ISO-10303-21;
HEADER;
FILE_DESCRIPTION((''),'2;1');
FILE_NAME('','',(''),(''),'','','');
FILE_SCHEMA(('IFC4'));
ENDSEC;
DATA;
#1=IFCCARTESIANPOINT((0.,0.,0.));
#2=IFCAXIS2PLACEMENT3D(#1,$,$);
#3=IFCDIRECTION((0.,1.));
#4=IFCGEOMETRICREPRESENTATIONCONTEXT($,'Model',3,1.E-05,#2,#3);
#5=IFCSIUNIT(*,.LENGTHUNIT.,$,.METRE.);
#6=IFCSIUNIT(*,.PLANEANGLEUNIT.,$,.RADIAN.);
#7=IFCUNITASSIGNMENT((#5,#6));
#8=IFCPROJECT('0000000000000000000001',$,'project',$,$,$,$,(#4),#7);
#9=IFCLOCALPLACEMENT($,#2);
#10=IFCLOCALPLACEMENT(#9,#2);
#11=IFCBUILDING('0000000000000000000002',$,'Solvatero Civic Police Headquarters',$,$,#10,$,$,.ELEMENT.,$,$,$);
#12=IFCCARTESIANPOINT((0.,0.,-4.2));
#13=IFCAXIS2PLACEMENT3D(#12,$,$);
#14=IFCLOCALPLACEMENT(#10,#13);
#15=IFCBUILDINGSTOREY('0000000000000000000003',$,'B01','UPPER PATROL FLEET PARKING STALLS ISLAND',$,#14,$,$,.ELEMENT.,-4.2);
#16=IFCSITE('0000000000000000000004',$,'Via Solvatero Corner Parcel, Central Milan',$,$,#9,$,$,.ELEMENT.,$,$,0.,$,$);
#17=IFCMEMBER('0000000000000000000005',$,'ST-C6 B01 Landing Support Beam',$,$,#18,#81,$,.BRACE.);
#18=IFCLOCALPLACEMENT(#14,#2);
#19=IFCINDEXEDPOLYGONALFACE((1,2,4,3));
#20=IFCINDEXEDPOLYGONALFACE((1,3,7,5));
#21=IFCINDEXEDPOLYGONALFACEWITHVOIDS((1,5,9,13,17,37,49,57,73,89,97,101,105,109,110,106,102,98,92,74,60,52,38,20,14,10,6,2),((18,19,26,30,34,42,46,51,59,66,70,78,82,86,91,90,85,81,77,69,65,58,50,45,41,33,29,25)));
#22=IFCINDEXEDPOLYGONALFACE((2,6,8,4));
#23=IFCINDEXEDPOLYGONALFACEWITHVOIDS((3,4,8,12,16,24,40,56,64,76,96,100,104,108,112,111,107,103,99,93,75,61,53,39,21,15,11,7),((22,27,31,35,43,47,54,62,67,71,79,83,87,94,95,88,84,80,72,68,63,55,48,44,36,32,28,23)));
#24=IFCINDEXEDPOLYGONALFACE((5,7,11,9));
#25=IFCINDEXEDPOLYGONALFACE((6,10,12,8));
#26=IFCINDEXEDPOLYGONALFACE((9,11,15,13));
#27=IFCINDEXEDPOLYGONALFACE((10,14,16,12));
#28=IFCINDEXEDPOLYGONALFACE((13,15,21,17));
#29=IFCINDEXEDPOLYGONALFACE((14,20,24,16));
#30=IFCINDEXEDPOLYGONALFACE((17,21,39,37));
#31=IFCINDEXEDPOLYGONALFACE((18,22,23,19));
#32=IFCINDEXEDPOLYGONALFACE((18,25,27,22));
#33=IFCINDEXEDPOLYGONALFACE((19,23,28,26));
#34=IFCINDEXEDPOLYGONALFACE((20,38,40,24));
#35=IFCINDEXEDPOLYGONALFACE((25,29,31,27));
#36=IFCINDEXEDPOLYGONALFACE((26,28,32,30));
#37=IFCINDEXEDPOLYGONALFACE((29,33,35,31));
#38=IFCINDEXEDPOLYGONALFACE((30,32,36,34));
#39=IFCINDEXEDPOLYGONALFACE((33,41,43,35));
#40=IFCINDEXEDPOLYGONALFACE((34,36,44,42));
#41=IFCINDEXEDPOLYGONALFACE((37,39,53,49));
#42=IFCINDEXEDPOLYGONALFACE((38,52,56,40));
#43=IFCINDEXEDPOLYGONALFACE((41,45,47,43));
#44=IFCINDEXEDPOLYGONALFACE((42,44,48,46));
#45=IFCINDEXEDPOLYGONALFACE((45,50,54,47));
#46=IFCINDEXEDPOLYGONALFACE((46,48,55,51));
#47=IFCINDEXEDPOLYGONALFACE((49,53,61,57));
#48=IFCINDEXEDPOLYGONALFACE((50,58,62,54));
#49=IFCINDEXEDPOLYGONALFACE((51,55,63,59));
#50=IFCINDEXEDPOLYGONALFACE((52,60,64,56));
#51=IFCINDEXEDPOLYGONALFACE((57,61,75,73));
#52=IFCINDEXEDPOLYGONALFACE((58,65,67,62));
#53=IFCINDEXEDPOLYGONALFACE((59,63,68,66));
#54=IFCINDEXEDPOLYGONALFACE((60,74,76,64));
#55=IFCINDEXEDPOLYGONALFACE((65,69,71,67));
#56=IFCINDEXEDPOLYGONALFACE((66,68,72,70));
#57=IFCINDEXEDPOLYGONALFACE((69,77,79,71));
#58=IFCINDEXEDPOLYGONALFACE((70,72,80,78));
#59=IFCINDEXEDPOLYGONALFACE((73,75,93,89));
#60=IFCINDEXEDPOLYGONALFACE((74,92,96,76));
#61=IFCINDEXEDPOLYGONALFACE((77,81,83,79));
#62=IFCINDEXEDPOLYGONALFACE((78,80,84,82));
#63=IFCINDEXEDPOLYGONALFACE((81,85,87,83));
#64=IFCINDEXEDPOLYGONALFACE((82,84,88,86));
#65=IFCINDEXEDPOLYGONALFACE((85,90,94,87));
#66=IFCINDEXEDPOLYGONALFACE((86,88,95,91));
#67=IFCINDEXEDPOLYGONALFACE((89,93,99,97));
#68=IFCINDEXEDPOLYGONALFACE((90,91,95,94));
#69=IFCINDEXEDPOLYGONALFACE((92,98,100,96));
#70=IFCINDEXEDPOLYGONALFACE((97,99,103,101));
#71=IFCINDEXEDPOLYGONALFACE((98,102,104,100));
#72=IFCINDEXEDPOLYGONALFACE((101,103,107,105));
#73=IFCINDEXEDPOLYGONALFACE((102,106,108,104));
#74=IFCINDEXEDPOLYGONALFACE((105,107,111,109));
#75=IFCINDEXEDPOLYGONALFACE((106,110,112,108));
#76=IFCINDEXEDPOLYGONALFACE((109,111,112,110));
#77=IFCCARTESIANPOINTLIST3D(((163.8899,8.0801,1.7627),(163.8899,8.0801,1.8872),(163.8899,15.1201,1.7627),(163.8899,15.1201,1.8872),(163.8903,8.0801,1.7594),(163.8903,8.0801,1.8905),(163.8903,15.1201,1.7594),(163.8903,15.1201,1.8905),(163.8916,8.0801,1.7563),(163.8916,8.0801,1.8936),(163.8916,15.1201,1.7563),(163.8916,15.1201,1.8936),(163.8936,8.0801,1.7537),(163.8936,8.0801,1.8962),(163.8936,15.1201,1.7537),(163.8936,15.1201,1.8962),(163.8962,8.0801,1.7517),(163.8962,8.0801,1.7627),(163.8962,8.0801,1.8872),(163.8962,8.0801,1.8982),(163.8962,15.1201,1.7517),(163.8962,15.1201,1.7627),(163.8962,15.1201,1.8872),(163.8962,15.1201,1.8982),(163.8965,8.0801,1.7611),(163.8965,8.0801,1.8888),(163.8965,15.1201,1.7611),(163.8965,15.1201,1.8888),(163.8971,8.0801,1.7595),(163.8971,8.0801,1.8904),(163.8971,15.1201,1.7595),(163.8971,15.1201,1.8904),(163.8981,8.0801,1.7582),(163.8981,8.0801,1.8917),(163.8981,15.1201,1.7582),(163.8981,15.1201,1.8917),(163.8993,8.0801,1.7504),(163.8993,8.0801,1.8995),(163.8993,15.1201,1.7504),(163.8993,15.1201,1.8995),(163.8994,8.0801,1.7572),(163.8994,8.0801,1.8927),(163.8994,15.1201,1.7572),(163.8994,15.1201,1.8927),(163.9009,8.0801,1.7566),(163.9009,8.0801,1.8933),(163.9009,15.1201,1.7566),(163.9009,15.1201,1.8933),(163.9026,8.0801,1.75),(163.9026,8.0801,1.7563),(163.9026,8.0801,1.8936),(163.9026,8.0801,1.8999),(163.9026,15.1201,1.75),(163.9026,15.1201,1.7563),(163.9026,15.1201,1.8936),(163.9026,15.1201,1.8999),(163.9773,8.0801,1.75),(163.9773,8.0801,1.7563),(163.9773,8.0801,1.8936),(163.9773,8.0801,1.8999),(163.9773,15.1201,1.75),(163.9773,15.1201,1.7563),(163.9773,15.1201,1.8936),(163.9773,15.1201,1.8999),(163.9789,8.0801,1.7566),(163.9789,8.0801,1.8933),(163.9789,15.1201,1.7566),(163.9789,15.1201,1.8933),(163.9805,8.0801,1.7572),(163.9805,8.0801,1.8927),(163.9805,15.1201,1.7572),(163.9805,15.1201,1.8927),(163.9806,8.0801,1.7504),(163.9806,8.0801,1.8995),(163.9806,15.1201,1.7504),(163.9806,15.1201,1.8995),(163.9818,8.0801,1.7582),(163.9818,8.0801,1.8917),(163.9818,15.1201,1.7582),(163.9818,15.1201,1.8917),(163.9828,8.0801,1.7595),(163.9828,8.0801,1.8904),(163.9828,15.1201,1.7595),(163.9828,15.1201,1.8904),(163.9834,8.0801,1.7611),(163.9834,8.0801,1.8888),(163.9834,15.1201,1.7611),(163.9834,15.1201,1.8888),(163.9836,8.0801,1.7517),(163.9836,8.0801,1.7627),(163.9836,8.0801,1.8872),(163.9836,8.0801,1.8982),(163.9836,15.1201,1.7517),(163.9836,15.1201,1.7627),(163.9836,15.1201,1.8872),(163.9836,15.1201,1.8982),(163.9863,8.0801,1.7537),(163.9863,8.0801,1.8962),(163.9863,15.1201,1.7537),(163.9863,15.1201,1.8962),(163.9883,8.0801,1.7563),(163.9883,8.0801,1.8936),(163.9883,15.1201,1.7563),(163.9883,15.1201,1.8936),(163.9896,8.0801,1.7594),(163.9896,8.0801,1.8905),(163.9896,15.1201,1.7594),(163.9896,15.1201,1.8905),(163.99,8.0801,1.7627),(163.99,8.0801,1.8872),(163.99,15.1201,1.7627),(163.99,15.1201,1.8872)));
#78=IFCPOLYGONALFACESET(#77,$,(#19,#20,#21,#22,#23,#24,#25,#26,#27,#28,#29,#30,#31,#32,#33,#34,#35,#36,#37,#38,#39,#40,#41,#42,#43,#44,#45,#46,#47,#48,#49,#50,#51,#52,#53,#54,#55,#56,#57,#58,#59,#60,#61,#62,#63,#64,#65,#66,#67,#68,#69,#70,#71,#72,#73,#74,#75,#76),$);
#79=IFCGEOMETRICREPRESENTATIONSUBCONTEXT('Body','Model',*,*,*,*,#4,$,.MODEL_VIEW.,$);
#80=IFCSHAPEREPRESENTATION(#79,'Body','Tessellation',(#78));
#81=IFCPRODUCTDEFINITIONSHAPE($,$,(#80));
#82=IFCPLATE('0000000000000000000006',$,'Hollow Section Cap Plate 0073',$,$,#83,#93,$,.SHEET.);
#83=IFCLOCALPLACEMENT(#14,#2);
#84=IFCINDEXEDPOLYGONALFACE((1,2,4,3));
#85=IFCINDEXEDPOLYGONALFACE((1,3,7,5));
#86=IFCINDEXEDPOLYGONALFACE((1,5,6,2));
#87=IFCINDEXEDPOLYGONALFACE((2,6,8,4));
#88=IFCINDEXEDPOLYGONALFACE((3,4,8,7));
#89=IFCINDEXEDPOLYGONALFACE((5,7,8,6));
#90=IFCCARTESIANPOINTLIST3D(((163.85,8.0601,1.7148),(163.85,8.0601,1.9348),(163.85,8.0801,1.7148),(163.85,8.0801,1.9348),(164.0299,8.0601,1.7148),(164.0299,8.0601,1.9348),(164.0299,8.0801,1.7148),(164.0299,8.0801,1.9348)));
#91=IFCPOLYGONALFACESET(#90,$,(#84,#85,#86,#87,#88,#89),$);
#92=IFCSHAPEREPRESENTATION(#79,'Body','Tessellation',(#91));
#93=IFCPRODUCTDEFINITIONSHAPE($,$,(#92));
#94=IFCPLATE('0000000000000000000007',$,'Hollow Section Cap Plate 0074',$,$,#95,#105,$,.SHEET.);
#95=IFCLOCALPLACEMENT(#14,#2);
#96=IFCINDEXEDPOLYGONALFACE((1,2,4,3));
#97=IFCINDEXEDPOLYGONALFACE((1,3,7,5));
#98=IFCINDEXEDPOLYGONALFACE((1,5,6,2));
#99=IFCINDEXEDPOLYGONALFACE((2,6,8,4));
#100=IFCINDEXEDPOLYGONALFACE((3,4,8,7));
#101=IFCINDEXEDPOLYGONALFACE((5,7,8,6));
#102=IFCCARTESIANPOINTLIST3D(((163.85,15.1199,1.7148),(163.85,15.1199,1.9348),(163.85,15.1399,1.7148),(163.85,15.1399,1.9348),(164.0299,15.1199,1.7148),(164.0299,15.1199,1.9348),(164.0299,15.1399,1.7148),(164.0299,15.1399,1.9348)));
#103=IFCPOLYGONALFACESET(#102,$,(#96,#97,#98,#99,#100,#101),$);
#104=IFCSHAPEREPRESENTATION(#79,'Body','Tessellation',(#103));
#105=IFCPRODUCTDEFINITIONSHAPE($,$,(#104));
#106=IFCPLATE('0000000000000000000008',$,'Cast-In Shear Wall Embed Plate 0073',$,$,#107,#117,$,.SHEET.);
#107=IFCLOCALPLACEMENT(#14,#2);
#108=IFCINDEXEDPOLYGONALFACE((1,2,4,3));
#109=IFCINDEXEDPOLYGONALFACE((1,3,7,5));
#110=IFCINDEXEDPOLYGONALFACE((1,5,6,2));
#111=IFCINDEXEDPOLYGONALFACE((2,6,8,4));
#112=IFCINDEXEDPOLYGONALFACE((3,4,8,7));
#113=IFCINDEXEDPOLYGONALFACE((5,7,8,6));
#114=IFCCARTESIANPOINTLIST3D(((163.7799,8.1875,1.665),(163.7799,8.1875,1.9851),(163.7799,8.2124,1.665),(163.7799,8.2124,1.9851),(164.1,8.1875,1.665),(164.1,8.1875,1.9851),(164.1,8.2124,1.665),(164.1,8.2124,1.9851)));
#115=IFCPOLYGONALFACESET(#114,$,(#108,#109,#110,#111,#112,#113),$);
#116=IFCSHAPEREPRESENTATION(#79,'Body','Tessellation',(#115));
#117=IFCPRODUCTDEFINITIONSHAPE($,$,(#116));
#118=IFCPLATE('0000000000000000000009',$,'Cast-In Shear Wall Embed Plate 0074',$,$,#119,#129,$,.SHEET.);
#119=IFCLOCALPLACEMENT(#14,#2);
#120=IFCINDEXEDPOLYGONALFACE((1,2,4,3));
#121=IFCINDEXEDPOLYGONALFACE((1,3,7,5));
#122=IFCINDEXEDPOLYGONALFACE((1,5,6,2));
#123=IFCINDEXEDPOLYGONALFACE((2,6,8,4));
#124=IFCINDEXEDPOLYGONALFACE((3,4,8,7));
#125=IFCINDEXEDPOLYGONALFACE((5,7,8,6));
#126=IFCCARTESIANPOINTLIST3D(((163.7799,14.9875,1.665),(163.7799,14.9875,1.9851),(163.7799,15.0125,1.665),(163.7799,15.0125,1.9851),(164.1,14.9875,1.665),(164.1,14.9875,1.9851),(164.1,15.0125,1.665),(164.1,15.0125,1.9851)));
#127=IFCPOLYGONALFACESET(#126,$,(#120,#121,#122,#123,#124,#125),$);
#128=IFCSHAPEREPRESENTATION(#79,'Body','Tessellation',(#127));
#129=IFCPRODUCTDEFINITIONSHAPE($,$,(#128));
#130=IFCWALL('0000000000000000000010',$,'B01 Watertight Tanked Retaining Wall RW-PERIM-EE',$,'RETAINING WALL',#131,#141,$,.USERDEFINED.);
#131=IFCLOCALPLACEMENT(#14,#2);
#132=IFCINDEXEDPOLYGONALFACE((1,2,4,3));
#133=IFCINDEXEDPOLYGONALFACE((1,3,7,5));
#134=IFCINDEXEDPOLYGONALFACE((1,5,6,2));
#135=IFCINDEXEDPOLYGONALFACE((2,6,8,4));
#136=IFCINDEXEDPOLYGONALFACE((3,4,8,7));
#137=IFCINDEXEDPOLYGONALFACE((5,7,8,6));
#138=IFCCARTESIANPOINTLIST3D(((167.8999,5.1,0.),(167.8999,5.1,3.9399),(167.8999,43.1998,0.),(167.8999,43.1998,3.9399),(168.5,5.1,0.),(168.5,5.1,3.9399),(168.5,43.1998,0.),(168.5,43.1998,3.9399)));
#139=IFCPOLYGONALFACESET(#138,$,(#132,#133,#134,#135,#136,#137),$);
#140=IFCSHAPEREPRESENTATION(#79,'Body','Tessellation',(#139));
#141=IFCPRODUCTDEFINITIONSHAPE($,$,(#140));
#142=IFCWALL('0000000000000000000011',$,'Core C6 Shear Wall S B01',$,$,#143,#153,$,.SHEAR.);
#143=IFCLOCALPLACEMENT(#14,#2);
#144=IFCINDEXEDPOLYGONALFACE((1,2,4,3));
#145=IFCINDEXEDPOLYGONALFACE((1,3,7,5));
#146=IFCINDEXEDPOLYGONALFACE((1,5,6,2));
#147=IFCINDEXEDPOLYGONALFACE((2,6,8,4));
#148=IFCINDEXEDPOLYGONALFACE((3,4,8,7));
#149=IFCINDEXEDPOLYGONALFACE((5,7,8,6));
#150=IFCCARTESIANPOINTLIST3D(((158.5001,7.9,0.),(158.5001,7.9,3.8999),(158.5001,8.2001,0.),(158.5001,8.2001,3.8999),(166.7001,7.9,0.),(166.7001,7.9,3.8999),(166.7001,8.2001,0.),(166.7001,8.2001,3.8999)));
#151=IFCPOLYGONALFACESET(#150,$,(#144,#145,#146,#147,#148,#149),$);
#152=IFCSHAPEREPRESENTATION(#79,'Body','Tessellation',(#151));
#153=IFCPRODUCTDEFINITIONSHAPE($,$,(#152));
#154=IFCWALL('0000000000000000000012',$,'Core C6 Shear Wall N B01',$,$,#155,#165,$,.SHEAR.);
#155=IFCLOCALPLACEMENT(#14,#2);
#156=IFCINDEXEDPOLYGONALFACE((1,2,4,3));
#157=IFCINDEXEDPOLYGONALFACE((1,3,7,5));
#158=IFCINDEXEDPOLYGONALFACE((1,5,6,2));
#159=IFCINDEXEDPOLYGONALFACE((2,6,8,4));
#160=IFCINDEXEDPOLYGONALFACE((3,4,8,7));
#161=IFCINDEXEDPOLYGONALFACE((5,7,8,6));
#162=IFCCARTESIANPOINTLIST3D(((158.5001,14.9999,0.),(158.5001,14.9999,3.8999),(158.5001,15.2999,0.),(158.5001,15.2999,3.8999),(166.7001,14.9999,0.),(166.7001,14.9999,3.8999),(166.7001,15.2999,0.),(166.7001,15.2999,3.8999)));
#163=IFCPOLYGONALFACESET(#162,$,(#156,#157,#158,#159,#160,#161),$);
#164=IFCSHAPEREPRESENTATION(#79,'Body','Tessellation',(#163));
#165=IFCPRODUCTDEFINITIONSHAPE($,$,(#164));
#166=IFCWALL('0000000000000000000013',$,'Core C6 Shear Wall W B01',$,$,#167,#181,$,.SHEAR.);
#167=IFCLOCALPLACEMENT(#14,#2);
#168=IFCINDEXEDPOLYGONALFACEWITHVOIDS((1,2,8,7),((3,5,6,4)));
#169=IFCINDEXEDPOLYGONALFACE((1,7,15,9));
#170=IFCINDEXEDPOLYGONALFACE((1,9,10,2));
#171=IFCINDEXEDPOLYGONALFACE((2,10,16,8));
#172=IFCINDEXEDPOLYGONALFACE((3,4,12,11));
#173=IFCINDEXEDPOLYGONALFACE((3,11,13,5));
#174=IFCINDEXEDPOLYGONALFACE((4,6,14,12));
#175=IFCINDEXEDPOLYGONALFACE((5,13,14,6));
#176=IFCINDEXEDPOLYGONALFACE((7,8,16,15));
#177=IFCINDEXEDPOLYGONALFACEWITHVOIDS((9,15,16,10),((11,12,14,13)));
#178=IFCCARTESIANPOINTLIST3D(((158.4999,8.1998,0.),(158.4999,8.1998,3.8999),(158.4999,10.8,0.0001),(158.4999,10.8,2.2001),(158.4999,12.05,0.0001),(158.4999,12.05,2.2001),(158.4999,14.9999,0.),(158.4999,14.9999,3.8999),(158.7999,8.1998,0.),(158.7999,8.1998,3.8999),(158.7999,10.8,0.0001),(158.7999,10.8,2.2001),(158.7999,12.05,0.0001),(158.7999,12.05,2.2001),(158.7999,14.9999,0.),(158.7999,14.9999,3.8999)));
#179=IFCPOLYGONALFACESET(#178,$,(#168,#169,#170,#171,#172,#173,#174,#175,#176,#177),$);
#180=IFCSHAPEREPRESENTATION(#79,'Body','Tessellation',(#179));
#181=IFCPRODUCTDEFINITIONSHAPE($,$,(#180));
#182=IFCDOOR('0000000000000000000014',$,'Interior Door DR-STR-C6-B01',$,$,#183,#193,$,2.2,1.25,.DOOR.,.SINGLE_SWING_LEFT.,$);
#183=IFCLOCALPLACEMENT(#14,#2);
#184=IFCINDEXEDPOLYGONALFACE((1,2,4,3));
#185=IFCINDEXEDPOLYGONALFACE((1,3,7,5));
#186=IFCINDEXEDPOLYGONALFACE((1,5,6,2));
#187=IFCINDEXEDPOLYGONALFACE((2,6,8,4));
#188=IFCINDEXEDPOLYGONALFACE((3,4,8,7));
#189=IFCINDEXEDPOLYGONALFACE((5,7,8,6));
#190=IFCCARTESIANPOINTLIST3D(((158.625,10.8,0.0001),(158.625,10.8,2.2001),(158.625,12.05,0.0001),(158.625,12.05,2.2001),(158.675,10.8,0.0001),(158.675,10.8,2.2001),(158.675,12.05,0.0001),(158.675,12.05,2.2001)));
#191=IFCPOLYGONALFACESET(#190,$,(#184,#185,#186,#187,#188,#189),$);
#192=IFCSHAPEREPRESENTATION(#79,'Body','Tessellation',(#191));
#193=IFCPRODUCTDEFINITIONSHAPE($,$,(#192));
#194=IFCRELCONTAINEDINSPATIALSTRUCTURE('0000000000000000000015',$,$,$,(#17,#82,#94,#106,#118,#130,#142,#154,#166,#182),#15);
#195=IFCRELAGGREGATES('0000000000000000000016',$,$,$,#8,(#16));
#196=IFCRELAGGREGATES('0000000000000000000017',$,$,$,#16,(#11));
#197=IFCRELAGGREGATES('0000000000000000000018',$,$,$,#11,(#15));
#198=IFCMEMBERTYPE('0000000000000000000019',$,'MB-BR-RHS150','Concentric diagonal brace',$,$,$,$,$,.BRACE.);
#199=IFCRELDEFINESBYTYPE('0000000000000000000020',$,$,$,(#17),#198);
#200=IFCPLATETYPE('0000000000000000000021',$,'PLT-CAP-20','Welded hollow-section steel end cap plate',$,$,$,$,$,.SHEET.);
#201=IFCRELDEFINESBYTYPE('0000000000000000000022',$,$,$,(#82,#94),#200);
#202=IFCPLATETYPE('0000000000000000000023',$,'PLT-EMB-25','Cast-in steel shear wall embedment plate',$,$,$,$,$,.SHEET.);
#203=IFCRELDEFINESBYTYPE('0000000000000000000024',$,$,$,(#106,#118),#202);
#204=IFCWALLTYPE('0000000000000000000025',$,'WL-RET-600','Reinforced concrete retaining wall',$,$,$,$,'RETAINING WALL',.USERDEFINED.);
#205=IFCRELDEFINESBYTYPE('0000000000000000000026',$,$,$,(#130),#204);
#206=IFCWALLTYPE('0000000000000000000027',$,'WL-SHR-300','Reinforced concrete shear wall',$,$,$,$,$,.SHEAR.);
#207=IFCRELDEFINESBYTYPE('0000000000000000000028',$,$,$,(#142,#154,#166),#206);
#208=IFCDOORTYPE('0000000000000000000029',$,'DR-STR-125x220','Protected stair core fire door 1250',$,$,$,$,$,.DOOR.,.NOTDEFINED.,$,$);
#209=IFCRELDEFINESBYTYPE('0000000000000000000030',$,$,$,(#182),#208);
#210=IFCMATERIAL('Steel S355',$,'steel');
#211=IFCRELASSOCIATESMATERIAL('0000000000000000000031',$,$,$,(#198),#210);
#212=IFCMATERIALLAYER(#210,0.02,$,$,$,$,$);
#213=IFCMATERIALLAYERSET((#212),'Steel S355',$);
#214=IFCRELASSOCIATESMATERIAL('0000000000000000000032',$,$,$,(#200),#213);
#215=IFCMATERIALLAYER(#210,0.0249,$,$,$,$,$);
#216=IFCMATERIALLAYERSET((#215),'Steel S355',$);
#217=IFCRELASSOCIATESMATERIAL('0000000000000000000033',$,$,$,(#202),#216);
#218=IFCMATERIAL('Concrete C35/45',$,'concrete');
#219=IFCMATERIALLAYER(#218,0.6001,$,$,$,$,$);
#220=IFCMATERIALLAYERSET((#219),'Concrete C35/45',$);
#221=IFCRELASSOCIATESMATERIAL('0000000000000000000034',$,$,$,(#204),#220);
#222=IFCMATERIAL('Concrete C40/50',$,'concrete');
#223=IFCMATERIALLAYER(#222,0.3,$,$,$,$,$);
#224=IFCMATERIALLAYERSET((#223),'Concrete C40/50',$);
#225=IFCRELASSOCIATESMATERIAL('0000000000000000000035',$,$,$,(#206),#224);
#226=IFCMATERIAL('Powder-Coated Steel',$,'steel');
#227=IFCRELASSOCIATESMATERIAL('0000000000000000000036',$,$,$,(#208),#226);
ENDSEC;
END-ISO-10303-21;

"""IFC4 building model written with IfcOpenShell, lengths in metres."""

from ifc_helpers import new_model, si_unit, direction, frame, frame_2d, origin, origin_2d, place, context, subcontext, project, spatial, rectangle, hollow_rectangle, extrude, material, layer, layer_set, material_profile, profile_set, type_object, element, fill, save


model = new_model("IFC4")

# Units and contexts
model_context = context("Model", 3, precision=1e-05, world=origin(), true_north=direction((0.0, 1.0)))
body_context = subcontext(model_context, "Body", "Model", "MODEL_VIEW")
ifc_project = project(units=[si_unit("LENGTHUNIT", "METRE"), si_unit("PLANEANGLEUNIT", "RADIAN")], contexts=[model_context])

# Site, building, storey
site_placement = place(None, origin())
site = spatial("IfcSite", under=ifc_project, at=site_placement, Name="Via Solvatero Corner Parcel, Central Milan", CompositionType="ELEMENT", RefElevation=0.0)
building_placement = place(site_placement, origin())
building = spatial("IfcBuilding", under=site, at=building_placement, Name="Solvatero Civic Police Headquarters", CompositionType="ELEMENT")
storey_placement = place(building_placement, frame((0.0, 0.0, -4.2)))
storey = spatial("IfcBuildingStorey", under=building, at=storey_placement, Name="B01", Description="UPPER PATROL FLEET PARKING STALLS ISLAND", CompositionType="ELEMENT", Elevation=-4.2)

# Shared definitions
ifc_material_1 = material(Name="Concrete C40/50", Category="concrete")

# Member
ifc_material_2 = material(Name="Steel S355", Category="steel")
ifc_material_profile_1 = material_profile(ifc_material_2, hollow_rectangle(XDim=0.1001, YDim=0.1499, WallThickness=0.0063, InnerFilletRadius=0.0063, OuterFilletRadius=0.0127, at=origin_2d()), Name="RHS 150x100x6.3")
ifc_profile_set_1 = profile_set([ifc_material_profile_1], Name="Steel S355")
member_type = type_object("IfcMemberType", Name="MB-BR-RHS150", Description="Concentric diagonal brace", PredefinedType="BRACE", material=ifc_profile_set_1)
member_placement = place(storey_placement, frame((163.9399, 8.0801, 1.825), z_axis=(0.0, 1.0, 0.0), x_axis=(-1.0, 0.0, 0.0)))
element("IfcMember", 1, at=member_placement, inside=storey, type_object=member_type, Name="ST-C6 B01 Landing Support Beam", PredefinedType="BRACE", context=body_context, shape_type="SweptSolid", body=[
    extrude(hollow_rectangle(XDim=0.1001, YDim=0.1499, WallThickness=0.0063, InnerFilletRadius=0.0063, OuterFilletRadius=0.0127, at=origin_2d()), origin(), (0.0, 0.0, 1.0), 7.04),
])

# Plates
ifc_layer_1 = layer(ifc_material_2, 0.02)
ifc_layer_set_1 = layer_set([ifc_layer_1], Name="Steel S355")
plate_type_1 = type_object("IfcPlateType", Name="PLT-CAP-20", Description="Welded hollow-section steel end cap plate", PredefinedType="SHEET", material=ifc_layer_set_1)
for number, where, z_axis, x_axis, name in (
    (2, (163.9399, 8.0701, 1.7148), (0.0, 0.0, 1.0), (1.0, 0.0, 0.0), "Hollow Section Cap Plate 0073"),
    (3, (163.9399, 15.1299, 1.7148), (0.0, 0.0, 1.0), (1.0, 0.0, 0.0), "Hollow Section Cap Plate 0074"),
):
    element("IfcPlate", number, at=place(storey_placement, frame(where, z_axis=z_axis, x_axis=x_axis)), inside=storey, type_object=plate_type_1, Name=name, PredefinedType="SHEET", context=body_context, shape_type="SweptSolid", body=[
        extrude(rectangle(XDim=0.1799, YDim=0.02, at=origin_2d()), origin(), (0.0, 0.0, 1.0), 0.22),
    ])
ifc_layer_2 = layer(ifc_material_2, 0.0249)
ifc_layer_set_2 = layer_set([ifc_layer_2], Name="Steel S355")
plate_type_2 = type_object("IfcPlateType", Name="PLT-EMB-25", Description="Cast-in steel shear wall embedment plate", PredefinedType="SHEET", material=ifc_layer_set_2)
for number, where, z_axis, x_axis, name in (
    (4, (163.9399, 8.2, 1.665), (0.0, 0.0, 1.0), (1.0, 0.0, 0.0), "Cast-In Shear Wall Embed Plate 0073"),
    (5, (163.9399, 15.0, 1.665), (0.0, 0.0, 1.0), (1.0, 0.0, 0.0), "Cast-In Shear Wall Embed Plate 0074"),
):
    element("IfcPlate", number, at=place(storey_placement, frame(where, z_axis=z_axis, x_axis=x_axis)), inside=storey, type_object=plate_type_2, Name=name, PredefinedType="SHEET", context=body_context, shape_type="SweptSolid", body=[
        extrude(rectangle(XDim=0.3201, YDim=0.0249, at=origin_2d()), origin(), (0.0, 0.0, 1.0), 0.3201),
    ])

# Walls
ifc_material_3 = material(Name="Concrete C35/45", Category="concrete")
ifc_layer_3 = layer(ifc_material_3, 0.6001)
ifc_layer_set_3 = layer_set([ifc_layer_3], Name="Concrete C35/45")
wall_type_1 = type_object("IfcWallType", Name="WL-RET-600", Description="Reinforced concrete retaining wall", ElementType="RETAINING WALL", PredefinedType="USERDEFINED", material=ifc_layer_set_3)
wall_1_placement = place(storey_placement, frame((168.2, 5.1001, 0.0), z_axis=(0.0, 0.0, 1.0), x_axis=(0.0, 1.0, 0.0)))
element("IfcWall", 6, at=wall_1_placement, inside=storey, type_object=wall_type_1, Name="B01 Watertight Tanked Retaining Wall RW-PERIM-EE", ObjectType="RETAINING WALL", PredefinedType="USERDEFINED", context=body_context, shape_type="SweptSolid", body=[
    extrude(rectangle(XDim=38.0999, YDim=0.6001, at=frame_2d((19.0498, 0.0))), origin(), (0.0, 0.0, 1.0), 3.9399),
])
ifc_layer_4 = layer(ifc_material_1, 0.3)
ifc_layer_set_4 = layer_set([ifc_layer_4], Name="Concrete C40/50")
wall_type_2 = type_object("IfcWallType", Name="WL-SHR-300", Description="Reinforced concrete shear wall", PredefinedType="SHEAR", material=ifc_layer_set_4)
for number, where, z_axis, x_axis, name in (
    (7, (158.5, 8.05, 0.0), (0.0, 0.0, 1.0), (1.0, 0.0, 0.0), "Core C6 Shear Wall S B01"),
    (8, (158.5, 15.1499, 0.0), (0.0, 0.0, 1.0), (1.0, 0.0, 0.0), "Core C6 Shear Wall N B01"),
):
    element("IfcWall", number, at=place(storey_placement, frame(where, z_axis=z_axis, x_axis=x_axis)), inside=storey, type_object=wall_type_2, Name=name, PredefinedType="SHEAR", context=body_context, shape_type="SweptSolid", body=[
        extrude(rectangle(XDim=8.2, YDim=0.3, at=frame_2d((4.1001, 0.0))), origin(), (0.0, 0.0, 1.0), 3.8999),
    ])

# Wall, opening, door
wall_2_placement = place(storey_placement, frame((158.6499, 8.2, 0.0), z_axis=(0.0, 0.0, 1.0), x_axis=(0.0, 1.0, 0.0)))
wall_2 = element("IfcWall", 9, at=wall_2_placement, inside=storey, type_object=wall_type_2, Name="Core C6 Shear Wall W B01", PredefinedType="SHEAR", context=body_context, shape_type="SweptSolid", body=[
    extrude(rectangle(XDim=6.8, YDim=0.3, at=frame_2d((3.3999, 0.0))), origin(), (0.0, 0.0, 1.0), 3.8999),
])
opening_placement = place(wall_2_placement, frame((2.6001, 0.0, 0.0)))
opening = element("IfcOpeningElement", 10, at=opening_placement, cuts=wall_2, PredefinedType="OPENING", context=body_context, shape_type="SweptSolid", body=[
    extrude(rectangle(XDim=1.25, YDim=2.2, at=frame_2d((0.625, 1.1001))), frame((0.0, 0.1599, 0.0), z_axis=(0.0, -1.0, 0.0), x_axis=(1.0, 0.0, 0.0)), (0.0, 0.0, 1.0), 0.3201),
])
ifc_material_4 = material(Name="Powder-Coated Steel", Category="steel")
door_type = type_object("IfcDoorType", Name="DR-STR-125x220", Description="Protected stair core fire door 1250", OperationType="NOTDEFINED", PredefinedType="DOOR", material=ifc_material_4)
door_placement = place(opening_placement, origin())
door = element("IfcDoor", 11, at=door_placement, inside=storey, type_object=door_type, Name="Interior Door DR-STR-C6-B01", OperationType="SINGLE_SWING_LEFT", OverallHeight=2.2, OverallWidth=1.25, PredefinedType="DOOR", context=body_context, shape_type="SweptSolid", body=[
    extrude(rectangle(XDim=1.25, YDim=2.2, at=frame_2d((0.625, 1.1001))), frame((0.0, 0.0249, 0.0), z_axis=(0.0, -1.0, 0.0), x_axis=(1.0, 0.0, 0.0)), (0.0, 0.0, 1.0), 0.05),
])
fill(opening, door)

save(model, "model.ifc")
